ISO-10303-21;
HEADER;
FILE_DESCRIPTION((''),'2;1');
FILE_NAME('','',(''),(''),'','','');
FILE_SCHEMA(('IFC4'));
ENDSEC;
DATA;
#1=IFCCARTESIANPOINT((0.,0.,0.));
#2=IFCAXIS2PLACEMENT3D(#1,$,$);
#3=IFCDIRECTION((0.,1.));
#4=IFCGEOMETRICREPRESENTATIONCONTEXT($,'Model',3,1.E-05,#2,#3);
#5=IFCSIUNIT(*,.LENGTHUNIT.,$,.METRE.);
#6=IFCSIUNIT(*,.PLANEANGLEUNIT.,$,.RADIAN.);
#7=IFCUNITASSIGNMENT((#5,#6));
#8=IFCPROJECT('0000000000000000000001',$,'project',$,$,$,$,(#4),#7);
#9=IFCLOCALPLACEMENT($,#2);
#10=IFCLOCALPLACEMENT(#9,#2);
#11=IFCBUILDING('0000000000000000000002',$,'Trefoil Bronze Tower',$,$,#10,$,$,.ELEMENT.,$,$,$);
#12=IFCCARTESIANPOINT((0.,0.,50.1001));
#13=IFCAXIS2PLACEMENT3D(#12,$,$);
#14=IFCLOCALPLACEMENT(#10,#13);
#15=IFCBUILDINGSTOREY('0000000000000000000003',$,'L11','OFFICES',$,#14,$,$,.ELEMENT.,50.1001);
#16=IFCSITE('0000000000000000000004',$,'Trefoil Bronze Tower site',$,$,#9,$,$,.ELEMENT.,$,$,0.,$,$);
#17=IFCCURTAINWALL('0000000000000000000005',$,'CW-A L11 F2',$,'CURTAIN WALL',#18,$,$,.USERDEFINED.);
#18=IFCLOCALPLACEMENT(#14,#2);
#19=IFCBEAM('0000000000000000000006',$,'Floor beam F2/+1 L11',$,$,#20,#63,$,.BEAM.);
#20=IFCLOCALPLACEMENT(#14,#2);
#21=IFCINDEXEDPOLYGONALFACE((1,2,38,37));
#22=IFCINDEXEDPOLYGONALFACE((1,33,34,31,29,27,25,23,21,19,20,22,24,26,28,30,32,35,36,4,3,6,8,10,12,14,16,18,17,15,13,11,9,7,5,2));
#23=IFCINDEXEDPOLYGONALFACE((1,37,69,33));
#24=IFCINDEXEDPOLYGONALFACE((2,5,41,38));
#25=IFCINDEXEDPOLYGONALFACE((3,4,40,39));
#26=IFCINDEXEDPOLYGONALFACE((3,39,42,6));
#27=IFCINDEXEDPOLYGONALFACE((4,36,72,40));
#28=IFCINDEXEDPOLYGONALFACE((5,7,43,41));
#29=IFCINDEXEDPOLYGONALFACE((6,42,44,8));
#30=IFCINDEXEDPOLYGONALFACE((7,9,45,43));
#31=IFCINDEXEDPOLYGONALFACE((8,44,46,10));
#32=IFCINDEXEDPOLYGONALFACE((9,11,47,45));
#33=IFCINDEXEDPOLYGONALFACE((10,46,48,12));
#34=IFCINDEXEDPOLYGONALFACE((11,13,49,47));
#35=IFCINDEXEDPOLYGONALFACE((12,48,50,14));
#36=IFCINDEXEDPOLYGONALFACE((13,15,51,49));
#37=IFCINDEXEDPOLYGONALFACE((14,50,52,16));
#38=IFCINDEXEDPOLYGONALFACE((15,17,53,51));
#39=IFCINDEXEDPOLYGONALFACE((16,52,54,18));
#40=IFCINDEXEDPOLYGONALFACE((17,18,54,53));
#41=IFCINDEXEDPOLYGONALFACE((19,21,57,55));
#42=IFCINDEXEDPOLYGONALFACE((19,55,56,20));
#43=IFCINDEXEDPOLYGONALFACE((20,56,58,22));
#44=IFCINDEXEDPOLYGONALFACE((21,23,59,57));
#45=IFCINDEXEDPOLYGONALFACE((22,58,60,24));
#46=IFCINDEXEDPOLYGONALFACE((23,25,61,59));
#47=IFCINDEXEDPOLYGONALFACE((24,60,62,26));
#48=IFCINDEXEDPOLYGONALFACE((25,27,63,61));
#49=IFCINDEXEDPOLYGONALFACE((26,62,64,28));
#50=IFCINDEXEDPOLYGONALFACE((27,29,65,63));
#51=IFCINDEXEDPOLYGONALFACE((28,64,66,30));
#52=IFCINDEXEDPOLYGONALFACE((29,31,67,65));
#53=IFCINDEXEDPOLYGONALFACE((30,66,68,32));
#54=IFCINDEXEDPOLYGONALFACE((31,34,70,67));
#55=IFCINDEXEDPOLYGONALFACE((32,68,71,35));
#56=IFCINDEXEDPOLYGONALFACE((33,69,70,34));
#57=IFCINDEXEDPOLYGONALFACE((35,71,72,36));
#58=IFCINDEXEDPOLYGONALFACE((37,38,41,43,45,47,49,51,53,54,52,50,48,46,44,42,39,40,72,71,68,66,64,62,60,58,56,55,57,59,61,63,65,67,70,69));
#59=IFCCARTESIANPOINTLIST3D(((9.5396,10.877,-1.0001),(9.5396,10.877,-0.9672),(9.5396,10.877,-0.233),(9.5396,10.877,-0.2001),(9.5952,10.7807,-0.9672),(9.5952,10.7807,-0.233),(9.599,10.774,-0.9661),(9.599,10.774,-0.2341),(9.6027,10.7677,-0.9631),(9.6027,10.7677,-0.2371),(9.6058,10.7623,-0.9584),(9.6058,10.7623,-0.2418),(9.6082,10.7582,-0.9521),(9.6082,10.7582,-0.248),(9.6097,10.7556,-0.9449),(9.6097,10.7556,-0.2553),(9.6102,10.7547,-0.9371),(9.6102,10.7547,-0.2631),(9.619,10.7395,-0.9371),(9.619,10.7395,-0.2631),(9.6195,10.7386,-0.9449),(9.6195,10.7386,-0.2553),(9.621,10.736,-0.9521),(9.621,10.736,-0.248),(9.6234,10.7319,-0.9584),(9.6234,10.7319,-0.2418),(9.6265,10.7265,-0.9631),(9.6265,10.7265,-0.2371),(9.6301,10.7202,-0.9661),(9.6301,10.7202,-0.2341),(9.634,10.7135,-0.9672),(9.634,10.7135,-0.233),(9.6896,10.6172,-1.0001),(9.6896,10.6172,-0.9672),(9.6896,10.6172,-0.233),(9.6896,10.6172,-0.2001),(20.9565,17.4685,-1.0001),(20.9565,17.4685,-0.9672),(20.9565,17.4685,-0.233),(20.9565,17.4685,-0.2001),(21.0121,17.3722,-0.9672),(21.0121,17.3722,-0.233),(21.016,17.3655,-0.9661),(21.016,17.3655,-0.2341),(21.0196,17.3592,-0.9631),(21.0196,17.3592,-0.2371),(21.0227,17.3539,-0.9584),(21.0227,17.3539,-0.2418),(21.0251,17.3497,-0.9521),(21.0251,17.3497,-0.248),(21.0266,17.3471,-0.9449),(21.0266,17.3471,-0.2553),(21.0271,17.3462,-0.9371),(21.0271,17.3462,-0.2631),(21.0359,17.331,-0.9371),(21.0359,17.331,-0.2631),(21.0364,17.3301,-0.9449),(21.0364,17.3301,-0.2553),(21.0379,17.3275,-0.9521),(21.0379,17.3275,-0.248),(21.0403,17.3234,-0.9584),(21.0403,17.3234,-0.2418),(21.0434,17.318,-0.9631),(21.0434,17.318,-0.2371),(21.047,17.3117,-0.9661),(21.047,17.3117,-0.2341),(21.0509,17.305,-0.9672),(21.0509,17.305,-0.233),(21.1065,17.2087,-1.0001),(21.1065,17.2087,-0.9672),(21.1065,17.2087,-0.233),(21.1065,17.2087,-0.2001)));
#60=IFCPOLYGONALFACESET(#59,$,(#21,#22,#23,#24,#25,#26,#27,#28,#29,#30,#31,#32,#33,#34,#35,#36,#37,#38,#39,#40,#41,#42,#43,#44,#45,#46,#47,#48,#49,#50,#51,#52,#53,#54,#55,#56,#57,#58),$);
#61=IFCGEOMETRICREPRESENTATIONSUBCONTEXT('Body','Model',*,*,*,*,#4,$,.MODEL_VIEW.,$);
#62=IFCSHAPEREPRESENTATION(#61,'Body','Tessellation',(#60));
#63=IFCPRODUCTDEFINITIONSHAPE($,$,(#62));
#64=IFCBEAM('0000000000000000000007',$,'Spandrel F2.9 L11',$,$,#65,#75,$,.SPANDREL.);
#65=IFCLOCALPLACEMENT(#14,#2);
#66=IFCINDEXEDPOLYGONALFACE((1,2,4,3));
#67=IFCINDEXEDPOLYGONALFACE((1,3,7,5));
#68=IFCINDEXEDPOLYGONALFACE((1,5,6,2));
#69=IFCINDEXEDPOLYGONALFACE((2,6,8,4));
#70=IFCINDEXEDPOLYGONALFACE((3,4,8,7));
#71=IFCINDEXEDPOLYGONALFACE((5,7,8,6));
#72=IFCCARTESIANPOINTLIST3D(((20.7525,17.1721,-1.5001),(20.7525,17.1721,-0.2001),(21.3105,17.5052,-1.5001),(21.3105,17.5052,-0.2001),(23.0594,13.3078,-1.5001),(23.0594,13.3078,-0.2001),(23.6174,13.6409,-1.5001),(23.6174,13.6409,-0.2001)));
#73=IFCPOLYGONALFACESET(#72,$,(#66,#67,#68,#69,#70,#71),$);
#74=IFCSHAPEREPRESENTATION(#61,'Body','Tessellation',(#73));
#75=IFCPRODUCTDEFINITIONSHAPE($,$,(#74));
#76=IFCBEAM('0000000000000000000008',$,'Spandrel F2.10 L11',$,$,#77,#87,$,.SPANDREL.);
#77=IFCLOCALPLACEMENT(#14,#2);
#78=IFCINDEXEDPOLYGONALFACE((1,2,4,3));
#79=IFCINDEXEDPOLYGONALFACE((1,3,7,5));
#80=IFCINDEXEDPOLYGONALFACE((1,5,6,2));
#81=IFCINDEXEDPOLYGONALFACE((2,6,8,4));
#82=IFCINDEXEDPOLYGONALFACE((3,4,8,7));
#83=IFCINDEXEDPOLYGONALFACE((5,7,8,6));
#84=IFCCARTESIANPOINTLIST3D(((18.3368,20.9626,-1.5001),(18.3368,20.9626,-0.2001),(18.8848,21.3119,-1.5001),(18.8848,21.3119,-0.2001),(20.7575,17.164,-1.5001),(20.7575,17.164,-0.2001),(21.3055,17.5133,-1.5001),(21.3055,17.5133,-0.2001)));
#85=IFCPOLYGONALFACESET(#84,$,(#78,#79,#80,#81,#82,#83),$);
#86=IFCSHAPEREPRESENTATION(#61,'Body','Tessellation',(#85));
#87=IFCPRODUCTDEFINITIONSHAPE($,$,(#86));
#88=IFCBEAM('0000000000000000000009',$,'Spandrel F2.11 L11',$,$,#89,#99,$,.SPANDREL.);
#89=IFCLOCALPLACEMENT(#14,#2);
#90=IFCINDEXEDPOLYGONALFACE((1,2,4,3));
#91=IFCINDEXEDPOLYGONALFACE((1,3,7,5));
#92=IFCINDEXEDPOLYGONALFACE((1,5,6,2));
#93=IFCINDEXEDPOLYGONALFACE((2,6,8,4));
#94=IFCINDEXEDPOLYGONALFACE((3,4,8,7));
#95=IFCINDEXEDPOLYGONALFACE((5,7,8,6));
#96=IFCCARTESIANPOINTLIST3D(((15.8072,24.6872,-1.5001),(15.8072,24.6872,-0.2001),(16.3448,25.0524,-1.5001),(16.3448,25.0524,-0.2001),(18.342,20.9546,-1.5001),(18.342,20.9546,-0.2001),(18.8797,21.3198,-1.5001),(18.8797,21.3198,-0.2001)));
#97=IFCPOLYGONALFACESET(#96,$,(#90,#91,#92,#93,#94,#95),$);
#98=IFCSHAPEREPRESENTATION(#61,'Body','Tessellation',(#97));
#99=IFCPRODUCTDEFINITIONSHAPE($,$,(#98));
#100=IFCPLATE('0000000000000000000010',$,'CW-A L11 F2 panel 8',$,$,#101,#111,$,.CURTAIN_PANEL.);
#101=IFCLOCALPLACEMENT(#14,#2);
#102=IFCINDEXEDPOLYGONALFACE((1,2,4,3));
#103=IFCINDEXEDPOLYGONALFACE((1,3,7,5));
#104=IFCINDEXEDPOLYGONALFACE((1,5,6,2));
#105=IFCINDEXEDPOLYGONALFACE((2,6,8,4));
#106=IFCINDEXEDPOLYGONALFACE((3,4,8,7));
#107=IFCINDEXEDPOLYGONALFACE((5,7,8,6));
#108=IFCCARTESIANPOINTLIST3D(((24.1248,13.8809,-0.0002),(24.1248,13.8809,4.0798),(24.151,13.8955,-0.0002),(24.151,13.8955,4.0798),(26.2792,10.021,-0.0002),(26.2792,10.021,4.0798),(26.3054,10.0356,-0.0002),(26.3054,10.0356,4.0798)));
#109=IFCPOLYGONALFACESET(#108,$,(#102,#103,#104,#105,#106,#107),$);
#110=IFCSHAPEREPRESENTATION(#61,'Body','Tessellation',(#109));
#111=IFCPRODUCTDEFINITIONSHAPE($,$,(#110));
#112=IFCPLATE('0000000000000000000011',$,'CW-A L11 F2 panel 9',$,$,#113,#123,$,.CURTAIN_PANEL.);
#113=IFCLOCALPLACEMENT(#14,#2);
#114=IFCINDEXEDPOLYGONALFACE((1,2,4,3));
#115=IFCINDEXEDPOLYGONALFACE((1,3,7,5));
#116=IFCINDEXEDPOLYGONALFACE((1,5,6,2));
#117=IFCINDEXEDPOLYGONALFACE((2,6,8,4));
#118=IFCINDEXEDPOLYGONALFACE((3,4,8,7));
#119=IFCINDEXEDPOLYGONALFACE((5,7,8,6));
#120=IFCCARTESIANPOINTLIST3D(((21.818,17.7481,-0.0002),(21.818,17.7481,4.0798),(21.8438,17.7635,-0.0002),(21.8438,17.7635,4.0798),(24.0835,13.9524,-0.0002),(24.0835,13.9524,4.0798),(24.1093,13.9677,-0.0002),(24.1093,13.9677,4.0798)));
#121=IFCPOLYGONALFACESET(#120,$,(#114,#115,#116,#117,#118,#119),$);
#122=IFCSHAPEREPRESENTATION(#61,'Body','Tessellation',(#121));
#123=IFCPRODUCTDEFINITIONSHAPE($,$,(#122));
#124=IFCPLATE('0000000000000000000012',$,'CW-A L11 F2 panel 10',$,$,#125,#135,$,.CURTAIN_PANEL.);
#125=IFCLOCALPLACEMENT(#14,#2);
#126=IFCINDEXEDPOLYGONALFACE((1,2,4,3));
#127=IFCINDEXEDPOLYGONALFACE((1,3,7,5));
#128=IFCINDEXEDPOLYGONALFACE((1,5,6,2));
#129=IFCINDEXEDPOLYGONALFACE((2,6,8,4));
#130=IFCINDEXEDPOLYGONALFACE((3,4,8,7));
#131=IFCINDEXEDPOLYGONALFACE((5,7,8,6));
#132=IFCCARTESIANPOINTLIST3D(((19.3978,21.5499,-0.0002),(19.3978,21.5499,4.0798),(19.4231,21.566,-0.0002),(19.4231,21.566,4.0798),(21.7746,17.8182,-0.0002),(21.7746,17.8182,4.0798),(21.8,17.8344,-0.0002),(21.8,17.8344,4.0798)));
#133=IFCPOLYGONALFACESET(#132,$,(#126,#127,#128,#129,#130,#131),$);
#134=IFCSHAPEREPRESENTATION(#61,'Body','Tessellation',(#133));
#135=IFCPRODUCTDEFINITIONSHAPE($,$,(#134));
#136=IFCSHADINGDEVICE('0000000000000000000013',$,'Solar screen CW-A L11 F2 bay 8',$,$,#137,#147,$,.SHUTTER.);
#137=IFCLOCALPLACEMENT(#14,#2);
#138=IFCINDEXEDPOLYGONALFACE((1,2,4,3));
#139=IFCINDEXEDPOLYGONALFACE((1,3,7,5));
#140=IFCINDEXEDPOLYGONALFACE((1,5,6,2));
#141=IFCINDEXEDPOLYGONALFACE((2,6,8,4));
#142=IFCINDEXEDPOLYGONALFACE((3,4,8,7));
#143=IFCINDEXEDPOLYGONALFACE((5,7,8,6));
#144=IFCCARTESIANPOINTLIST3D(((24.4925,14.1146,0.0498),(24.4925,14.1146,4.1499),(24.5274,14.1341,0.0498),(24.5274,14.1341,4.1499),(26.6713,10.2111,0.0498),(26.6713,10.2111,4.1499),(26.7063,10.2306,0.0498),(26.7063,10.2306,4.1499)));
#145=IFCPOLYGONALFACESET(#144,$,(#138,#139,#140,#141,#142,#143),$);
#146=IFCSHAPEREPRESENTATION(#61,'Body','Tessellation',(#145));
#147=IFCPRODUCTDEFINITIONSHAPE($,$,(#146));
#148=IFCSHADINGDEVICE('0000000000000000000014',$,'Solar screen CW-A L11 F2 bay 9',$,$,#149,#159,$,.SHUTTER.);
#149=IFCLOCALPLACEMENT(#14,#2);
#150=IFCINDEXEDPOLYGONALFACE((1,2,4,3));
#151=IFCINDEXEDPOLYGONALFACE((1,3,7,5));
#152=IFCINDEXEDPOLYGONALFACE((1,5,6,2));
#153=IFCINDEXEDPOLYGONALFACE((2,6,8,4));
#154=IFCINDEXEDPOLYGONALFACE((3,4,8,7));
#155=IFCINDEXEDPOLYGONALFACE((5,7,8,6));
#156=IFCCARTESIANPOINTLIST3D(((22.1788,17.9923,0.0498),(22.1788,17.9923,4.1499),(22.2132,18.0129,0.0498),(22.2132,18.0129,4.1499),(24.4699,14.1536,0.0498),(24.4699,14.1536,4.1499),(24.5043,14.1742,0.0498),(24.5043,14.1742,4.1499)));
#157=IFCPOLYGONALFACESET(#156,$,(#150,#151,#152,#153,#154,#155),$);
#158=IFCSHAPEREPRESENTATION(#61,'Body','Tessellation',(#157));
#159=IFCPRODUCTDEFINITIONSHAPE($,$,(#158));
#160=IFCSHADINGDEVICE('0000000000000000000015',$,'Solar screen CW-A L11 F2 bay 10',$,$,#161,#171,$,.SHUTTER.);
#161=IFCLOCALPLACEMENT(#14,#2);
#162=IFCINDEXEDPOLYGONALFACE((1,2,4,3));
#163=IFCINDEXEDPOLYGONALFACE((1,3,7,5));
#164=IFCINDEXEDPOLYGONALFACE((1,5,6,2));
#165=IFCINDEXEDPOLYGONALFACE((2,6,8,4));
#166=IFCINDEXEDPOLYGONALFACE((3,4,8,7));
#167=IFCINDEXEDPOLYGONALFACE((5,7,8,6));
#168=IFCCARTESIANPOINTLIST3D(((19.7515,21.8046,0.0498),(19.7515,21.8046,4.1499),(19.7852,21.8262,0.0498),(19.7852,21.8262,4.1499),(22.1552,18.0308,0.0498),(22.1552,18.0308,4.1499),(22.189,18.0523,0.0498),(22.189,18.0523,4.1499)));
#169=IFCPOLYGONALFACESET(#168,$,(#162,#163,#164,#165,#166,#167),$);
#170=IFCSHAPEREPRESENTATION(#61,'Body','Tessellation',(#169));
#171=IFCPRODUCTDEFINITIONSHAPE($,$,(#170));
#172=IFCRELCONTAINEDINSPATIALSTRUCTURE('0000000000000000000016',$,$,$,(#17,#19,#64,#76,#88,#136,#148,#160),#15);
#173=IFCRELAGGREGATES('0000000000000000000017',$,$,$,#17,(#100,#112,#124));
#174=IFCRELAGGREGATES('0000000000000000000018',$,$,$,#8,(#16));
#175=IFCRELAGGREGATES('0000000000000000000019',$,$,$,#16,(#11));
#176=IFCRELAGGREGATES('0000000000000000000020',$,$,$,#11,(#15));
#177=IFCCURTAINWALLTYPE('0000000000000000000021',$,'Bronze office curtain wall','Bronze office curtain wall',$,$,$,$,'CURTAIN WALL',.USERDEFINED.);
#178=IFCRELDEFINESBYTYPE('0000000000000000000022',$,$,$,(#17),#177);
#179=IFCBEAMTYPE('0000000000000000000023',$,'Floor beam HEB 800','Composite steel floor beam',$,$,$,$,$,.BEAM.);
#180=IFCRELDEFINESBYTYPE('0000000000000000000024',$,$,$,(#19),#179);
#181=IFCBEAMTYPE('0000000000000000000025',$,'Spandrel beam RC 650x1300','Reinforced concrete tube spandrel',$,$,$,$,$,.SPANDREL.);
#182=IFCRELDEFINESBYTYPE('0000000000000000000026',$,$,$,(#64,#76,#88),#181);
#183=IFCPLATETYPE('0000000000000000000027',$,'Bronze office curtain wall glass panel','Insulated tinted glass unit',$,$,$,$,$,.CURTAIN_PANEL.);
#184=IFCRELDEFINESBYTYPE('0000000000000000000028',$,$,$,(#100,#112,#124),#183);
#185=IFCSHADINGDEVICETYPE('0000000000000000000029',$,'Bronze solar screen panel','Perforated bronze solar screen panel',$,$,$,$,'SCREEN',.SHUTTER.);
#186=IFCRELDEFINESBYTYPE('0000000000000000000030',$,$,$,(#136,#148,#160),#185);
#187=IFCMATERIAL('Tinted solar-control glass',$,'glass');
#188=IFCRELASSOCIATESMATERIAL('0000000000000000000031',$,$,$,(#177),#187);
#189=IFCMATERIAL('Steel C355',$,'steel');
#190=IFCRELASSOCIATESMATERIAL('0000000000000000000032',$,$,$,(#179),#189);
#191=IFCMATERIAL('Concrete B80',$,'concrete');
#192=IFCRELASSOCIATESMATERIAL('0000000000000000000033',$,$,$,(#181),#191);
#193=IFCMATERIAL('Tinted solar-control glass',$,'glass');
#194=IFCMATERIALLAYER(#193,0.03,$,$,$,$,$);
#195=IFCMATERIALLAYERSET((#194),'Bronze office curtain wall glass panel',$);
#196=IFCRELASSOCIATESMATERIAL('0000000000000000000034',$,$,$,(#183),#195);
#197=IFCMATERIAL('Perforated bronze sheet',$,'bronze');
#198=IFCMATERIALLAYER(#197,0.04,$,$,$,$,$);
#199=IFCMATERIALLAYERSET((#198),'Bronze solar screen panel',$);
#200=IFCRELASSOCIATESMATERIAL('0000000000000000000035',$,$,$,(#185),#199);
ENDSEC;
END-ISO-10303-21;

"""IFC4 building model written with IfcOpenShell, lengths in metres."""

from ifc_helpers import new_model, si_unit, direction, frame, origin, origin_2d, place, context, subcontext, project, spatial, rectangle, i_section, extrude, material, layer, layer_set, material_profile, profile_set, type_object, element, aggregate, save


model = new_model("IFC4")

# Units and contexts
model_context = context("Model", 3, precision=1e-05, world=origin(), true_north=direction((0.0, 1.0)))
body_context = subcontext(model_context, "Body", "Model", "MODEL_VIEW")
ifc_project = project(units=[si_unit("LENGTHUNIT", "METRE"), si_unit("PLANEANGLEUNIT", "RADIAN")], contexts=[model_context])

# Site, building, storey
site_placement = place(None, origin())
site = spatial("IfcSite", under=ifc_project, at=site_placement, Name="Trefoil Bronze Tower site", CompositionType="ELEMENT", RefElevation=0.0)
building_placement = place(site_placement, origin())
building = spatial("IfcBuilding", under=site, at=building_placement, Name="Trefoil Bronze Tower", CompositionType="ELEMENT")
storey_placement = place(building_placement, frame((0.0, 0.0, 50.1001)))
storey = spatial("IfcBuildingStorey", under=building, at=storey_placement, Name="L11", Description="OFFICES", CompositionType="ELEMENT", Elevation=50.1001)

# Curtain wall
ifc_material_1 = material(Name="Tinted solar-control glass", Category="glass")
curtain_wall_type = type_object("IfcCurtainWallType", Name="Bronze office curtain wall", Description="Bronze office curtain wall", ElementType="CURTAIN WALL", PredefinedType="USERDEFINED", material=ifc_material_1)
curtain_wall_placement = place(storey_placement, origin())
curtain_wall = element("IfcCurtainWall", 1, at=curtain_wall_placement, inside=storey, type_object=curtain_wall_type, Name="CW-A L11 F2", ObjectType="CURTAIN WALL", PredefinedType="USERDEFINED")

# Beams
ifc_material_2 = material(Name="Steel C355", Category="steel")
ifc_material_profile_1 = material_profile(ifc_material_2, i_section(OverallWidth=0.3, OverallDepth=0.8, WebThickness=0.0176, FlangeThickness=0.033, FilletRadius=0.03, at=origin_2d()), Name="HEB 800")
ifc_profile_set_1 = profile_set([ifc_material_profile_1], Name="Steel C355")
beam_type_1 = type_object("IfcBeamType", Name="Floor beam HEB 800", Description="Composite steel floor beam", PredefinedType="BEAM", material=ifc_profile_set_1)
beam_1_placement = place(storey_placement, frame((21.0315, 17.3386, -0.6001), z_axis=(-0.866027, -0.499997, 0.0), x_axis=(0.499997, -0.866027, 0.0)))
element("IfcBeam", 2, at=beam_1_placement, inside=storey, type_object=beam_type_1, Name="Floor beam F2/+1 L11", PredefinedType="BEAM", context=body_context, shape_type="SweptSolid", body=[
    extrude(i_section(OverallWidth=0.3, OverallDepth=0.8, WebThickness=0.0176, FlangeThickness=0.033, FilletRadius=0.03, at=origin_2d()), origin(), (0.0, 0.0, 1.0), 13.1831),
])
ifc_material_3 = material(Name="Concrete B80", Category="concrete")
ifc_material_profile_2 = material_profile(ifc_material_3, rectangle(XDim=0.6499, YDim=1.3, at=origin_2d()), Name="RC 650x1300")
ifc_profile_set_2 = profile_set([ifc_material_profile_2], Name="Concrete B80")
beam_type_2 = type_object("IfcBeamType", Name="Spandrel beam RC 650x1300", Description="Reinforced concrete tube spandrel", PredefinedType="SPANDREL", material=ifc_profile_set_2)
beam_2_placement = place(storey_placement, frame((23.3384, 13.4744, -0.8501), z_axis=(-0.512588, 0.858635, 0.0), x_axis=(-0.858635, -0.512588, 0.0)))
element("IfcBeam", 3, at=beam_2_placement, inside=storey, type_object=beam_type_2, Name="Spandrel F2.9 L11", PredefinedType="SPANDREL", context=body_context, shape_type="SweptSolid", body=[
    extrude(rectangle(XDim=0.6499, YDim=1.3, at=origin_2d()), origin(), (0.0, 0.0, 1.0), 4.5005),
])
beam_3_placement = place(storey_placement, frame((21.0315, 17.3386, -0.8501), z_axis=(-0.537408, 0.843322, 0.0), x_axis=(-0.843322, -0.537408, 0.0)))
element("IfcBeam", 4, at=beam_3_placement, inside=storey, type_object=beam_type_2, Name="Spandrel F2.10 L11", PredefinedType="SPANDREL", context=body_context, shape_type="SweptSolid", body=[
    extrude(rectangle(XDim=0.6499, YDim=1.3, at=origin_2d()), origin(), (0.0, 0.0, 1.0), 4.5044),
])
beam_4_placement = place(storey_placement, frame((18.6108, 21.1372, -0.8501), z_axis=(-0.56181, 0.827267, 0.0), x_axis=(-0.827267, -0.56181, 0.0)))
element("IfcBeam", 5, at=beam_4_placement, inside=storey, type_object=beam_type_2, Name="Spandrel F2.11 L11", PredefinedType="SPANDREL", context=body_context, shape_type="SweptSolid", body=[
    extrude(rectangle(XDim=0.6499, YDim=1.3, at=origin_2d()), origin(), (0.0, 0.0, 1.0), 4.512),
])

# Plates
ifc_material_4 = material(Name="Tinted solar-control glass", Category="glass")
ifc_layer_1 = layer(ifc_material_4, 0.03)
ifc_layer_set_1 = layer_set([ifc_layer_1], Name="Bronze office curtain wall glass panel")
plate_type = type_object("IfcPlateType", Name="Bronze office curtain wall glass panel", Description="Insulated tinted glass unit", PredefinedType="CURTAIN_PANEL", material=ifc_layer_set_1)
plate_1_placement = place(storey_placement, frame((25.2151, 11.9583, -0.0002), z_axis=(0.0, 0.0, 1.0), x_axis=(-0.487382, 0.873189, 0.0)))
plate_1 = element("IfcPlate", 6, at=plate_1_placement, type_object=plate_type, Name="CW-A L11 F2 panel 8", PredefinedType="CURTAIN_PANEL", context=body_context, shape_type="SweptSolid", body=[
    extrude(rectangle(XDim=4.4204, YDim=0.03, at=origin_2d()), origin(), (0.0, 0.0, 1.0), 4.0801),
])
plate_2_placement = place(storey_placement, frame((22.9636, 15.8579, -0.0002), z_axis=(0.0, 0.0, 1.0), x_axis=(-0.512513, 0.85868, 0.0)))
plate_2 = element("IfcPlate", 7, at=plate_2_placement, type_object=plate_type, Name="CW-A L11 F2 panel 9", PredefinedType="CURTAIN_PANEL", context=body_context, shape_type="SweptSolid", body=[
    extrude(rectangle(XDim=4.4204, YDim=0.03, at=origin_2d()), origin(), (0.0, 0.0, 1.0), 4.0801),
])
plate_3_placement = place(storey_placement, frame((20.5989, 19.6921, -0.0002), z_axis=(0.0, 0.0, 1.0), x_axis=(-0.537222, 0.843441, 0.0)))
plate_3 = element("IfcPlate", 8, at=plate_3_placement, type_object=plate_type, Name="CW-A L11 F2 panel 10", PredefinedType="CURTAIN_PANEL", context=body_context, shape_type="SweptSolid", body=[
    extrude(rectangle(XDim=4.4243, YDim=0.03, at=origin_2d()), origin(), (0.0, 0.0, 1.0), 4.0801),
])
aggregate(curtain_wall, [plate_1, plate_2, plate_3])

# Shading devices
ifc_material_5 = material(Name="Perforated bronze sheet", Category="bronze")
ifc_layer_2 = layer(ifc_material_5, 0.04)
ifc_layer_set_2 = layer_set([ifc_layer_2], Name="Bronze solar screen panel")
shading_device_type = type_object("IfcShadingDeviceType", Name="Bronze solar screen panel", Description="Perforated bronze solar screen panel", ElementType="SCREEN", PredefinedType="SHUTTER", material=ifc_layer_set_2)
for number, where, z_axis, x_axis, name in (
    (9, (25.5994, 12.1726, 0.0498), (0.0, 0.0, 1.0), (-0.487382, 0.873189, 0.0), "Solar screen CW-A L11 F2 bay 8"),
    (10, (23.3416, 16.0833, 0.0498), (0.0, 0.0, 1.0), (-0.512513, 0.85868, 0.0), "Solar screen CW-A L11 F2 bay 9"),
):
    element("IfcShadingDevice", number, at=place(storey_placement, frame(where, z_axis=z_axis, x_axis=x_axis)), inside=storey, type_object=shading_device_type, Name=name, PredefinedType="SHUTTER", context=body_context, shape_type="SweptSolid", body=[
        extrude(rectangle(XDim=4.4705, YDim=0.04, at=origin_2d()), origin(), (0.0, 0.0, 1.0), 4.1001),
    ])
shading_device_placement = place(storey_placement, frame((20.9702, 19.9285, 0.0498), z_axis=(0.0, 0.0, 1.0), x_axis=(-0.537222, 0.843441, 0.0)))
element("IfcShadingDevice", 11, at=shading_device_placement, inside=storey, type_object=shading_device_type, Name="Solar screen CW-A L11 F2 bay 10", PredefinedType="SHUTTER", context=body_context, shape_type="SweptSolid", body=[
    extrude(rectangle(XDim=4.4744, YDim=0.04, at=origin_2d()), origin(), (0.0, 0.0, 1.0), 4.1001),
])

save(model, "model.ifc")
